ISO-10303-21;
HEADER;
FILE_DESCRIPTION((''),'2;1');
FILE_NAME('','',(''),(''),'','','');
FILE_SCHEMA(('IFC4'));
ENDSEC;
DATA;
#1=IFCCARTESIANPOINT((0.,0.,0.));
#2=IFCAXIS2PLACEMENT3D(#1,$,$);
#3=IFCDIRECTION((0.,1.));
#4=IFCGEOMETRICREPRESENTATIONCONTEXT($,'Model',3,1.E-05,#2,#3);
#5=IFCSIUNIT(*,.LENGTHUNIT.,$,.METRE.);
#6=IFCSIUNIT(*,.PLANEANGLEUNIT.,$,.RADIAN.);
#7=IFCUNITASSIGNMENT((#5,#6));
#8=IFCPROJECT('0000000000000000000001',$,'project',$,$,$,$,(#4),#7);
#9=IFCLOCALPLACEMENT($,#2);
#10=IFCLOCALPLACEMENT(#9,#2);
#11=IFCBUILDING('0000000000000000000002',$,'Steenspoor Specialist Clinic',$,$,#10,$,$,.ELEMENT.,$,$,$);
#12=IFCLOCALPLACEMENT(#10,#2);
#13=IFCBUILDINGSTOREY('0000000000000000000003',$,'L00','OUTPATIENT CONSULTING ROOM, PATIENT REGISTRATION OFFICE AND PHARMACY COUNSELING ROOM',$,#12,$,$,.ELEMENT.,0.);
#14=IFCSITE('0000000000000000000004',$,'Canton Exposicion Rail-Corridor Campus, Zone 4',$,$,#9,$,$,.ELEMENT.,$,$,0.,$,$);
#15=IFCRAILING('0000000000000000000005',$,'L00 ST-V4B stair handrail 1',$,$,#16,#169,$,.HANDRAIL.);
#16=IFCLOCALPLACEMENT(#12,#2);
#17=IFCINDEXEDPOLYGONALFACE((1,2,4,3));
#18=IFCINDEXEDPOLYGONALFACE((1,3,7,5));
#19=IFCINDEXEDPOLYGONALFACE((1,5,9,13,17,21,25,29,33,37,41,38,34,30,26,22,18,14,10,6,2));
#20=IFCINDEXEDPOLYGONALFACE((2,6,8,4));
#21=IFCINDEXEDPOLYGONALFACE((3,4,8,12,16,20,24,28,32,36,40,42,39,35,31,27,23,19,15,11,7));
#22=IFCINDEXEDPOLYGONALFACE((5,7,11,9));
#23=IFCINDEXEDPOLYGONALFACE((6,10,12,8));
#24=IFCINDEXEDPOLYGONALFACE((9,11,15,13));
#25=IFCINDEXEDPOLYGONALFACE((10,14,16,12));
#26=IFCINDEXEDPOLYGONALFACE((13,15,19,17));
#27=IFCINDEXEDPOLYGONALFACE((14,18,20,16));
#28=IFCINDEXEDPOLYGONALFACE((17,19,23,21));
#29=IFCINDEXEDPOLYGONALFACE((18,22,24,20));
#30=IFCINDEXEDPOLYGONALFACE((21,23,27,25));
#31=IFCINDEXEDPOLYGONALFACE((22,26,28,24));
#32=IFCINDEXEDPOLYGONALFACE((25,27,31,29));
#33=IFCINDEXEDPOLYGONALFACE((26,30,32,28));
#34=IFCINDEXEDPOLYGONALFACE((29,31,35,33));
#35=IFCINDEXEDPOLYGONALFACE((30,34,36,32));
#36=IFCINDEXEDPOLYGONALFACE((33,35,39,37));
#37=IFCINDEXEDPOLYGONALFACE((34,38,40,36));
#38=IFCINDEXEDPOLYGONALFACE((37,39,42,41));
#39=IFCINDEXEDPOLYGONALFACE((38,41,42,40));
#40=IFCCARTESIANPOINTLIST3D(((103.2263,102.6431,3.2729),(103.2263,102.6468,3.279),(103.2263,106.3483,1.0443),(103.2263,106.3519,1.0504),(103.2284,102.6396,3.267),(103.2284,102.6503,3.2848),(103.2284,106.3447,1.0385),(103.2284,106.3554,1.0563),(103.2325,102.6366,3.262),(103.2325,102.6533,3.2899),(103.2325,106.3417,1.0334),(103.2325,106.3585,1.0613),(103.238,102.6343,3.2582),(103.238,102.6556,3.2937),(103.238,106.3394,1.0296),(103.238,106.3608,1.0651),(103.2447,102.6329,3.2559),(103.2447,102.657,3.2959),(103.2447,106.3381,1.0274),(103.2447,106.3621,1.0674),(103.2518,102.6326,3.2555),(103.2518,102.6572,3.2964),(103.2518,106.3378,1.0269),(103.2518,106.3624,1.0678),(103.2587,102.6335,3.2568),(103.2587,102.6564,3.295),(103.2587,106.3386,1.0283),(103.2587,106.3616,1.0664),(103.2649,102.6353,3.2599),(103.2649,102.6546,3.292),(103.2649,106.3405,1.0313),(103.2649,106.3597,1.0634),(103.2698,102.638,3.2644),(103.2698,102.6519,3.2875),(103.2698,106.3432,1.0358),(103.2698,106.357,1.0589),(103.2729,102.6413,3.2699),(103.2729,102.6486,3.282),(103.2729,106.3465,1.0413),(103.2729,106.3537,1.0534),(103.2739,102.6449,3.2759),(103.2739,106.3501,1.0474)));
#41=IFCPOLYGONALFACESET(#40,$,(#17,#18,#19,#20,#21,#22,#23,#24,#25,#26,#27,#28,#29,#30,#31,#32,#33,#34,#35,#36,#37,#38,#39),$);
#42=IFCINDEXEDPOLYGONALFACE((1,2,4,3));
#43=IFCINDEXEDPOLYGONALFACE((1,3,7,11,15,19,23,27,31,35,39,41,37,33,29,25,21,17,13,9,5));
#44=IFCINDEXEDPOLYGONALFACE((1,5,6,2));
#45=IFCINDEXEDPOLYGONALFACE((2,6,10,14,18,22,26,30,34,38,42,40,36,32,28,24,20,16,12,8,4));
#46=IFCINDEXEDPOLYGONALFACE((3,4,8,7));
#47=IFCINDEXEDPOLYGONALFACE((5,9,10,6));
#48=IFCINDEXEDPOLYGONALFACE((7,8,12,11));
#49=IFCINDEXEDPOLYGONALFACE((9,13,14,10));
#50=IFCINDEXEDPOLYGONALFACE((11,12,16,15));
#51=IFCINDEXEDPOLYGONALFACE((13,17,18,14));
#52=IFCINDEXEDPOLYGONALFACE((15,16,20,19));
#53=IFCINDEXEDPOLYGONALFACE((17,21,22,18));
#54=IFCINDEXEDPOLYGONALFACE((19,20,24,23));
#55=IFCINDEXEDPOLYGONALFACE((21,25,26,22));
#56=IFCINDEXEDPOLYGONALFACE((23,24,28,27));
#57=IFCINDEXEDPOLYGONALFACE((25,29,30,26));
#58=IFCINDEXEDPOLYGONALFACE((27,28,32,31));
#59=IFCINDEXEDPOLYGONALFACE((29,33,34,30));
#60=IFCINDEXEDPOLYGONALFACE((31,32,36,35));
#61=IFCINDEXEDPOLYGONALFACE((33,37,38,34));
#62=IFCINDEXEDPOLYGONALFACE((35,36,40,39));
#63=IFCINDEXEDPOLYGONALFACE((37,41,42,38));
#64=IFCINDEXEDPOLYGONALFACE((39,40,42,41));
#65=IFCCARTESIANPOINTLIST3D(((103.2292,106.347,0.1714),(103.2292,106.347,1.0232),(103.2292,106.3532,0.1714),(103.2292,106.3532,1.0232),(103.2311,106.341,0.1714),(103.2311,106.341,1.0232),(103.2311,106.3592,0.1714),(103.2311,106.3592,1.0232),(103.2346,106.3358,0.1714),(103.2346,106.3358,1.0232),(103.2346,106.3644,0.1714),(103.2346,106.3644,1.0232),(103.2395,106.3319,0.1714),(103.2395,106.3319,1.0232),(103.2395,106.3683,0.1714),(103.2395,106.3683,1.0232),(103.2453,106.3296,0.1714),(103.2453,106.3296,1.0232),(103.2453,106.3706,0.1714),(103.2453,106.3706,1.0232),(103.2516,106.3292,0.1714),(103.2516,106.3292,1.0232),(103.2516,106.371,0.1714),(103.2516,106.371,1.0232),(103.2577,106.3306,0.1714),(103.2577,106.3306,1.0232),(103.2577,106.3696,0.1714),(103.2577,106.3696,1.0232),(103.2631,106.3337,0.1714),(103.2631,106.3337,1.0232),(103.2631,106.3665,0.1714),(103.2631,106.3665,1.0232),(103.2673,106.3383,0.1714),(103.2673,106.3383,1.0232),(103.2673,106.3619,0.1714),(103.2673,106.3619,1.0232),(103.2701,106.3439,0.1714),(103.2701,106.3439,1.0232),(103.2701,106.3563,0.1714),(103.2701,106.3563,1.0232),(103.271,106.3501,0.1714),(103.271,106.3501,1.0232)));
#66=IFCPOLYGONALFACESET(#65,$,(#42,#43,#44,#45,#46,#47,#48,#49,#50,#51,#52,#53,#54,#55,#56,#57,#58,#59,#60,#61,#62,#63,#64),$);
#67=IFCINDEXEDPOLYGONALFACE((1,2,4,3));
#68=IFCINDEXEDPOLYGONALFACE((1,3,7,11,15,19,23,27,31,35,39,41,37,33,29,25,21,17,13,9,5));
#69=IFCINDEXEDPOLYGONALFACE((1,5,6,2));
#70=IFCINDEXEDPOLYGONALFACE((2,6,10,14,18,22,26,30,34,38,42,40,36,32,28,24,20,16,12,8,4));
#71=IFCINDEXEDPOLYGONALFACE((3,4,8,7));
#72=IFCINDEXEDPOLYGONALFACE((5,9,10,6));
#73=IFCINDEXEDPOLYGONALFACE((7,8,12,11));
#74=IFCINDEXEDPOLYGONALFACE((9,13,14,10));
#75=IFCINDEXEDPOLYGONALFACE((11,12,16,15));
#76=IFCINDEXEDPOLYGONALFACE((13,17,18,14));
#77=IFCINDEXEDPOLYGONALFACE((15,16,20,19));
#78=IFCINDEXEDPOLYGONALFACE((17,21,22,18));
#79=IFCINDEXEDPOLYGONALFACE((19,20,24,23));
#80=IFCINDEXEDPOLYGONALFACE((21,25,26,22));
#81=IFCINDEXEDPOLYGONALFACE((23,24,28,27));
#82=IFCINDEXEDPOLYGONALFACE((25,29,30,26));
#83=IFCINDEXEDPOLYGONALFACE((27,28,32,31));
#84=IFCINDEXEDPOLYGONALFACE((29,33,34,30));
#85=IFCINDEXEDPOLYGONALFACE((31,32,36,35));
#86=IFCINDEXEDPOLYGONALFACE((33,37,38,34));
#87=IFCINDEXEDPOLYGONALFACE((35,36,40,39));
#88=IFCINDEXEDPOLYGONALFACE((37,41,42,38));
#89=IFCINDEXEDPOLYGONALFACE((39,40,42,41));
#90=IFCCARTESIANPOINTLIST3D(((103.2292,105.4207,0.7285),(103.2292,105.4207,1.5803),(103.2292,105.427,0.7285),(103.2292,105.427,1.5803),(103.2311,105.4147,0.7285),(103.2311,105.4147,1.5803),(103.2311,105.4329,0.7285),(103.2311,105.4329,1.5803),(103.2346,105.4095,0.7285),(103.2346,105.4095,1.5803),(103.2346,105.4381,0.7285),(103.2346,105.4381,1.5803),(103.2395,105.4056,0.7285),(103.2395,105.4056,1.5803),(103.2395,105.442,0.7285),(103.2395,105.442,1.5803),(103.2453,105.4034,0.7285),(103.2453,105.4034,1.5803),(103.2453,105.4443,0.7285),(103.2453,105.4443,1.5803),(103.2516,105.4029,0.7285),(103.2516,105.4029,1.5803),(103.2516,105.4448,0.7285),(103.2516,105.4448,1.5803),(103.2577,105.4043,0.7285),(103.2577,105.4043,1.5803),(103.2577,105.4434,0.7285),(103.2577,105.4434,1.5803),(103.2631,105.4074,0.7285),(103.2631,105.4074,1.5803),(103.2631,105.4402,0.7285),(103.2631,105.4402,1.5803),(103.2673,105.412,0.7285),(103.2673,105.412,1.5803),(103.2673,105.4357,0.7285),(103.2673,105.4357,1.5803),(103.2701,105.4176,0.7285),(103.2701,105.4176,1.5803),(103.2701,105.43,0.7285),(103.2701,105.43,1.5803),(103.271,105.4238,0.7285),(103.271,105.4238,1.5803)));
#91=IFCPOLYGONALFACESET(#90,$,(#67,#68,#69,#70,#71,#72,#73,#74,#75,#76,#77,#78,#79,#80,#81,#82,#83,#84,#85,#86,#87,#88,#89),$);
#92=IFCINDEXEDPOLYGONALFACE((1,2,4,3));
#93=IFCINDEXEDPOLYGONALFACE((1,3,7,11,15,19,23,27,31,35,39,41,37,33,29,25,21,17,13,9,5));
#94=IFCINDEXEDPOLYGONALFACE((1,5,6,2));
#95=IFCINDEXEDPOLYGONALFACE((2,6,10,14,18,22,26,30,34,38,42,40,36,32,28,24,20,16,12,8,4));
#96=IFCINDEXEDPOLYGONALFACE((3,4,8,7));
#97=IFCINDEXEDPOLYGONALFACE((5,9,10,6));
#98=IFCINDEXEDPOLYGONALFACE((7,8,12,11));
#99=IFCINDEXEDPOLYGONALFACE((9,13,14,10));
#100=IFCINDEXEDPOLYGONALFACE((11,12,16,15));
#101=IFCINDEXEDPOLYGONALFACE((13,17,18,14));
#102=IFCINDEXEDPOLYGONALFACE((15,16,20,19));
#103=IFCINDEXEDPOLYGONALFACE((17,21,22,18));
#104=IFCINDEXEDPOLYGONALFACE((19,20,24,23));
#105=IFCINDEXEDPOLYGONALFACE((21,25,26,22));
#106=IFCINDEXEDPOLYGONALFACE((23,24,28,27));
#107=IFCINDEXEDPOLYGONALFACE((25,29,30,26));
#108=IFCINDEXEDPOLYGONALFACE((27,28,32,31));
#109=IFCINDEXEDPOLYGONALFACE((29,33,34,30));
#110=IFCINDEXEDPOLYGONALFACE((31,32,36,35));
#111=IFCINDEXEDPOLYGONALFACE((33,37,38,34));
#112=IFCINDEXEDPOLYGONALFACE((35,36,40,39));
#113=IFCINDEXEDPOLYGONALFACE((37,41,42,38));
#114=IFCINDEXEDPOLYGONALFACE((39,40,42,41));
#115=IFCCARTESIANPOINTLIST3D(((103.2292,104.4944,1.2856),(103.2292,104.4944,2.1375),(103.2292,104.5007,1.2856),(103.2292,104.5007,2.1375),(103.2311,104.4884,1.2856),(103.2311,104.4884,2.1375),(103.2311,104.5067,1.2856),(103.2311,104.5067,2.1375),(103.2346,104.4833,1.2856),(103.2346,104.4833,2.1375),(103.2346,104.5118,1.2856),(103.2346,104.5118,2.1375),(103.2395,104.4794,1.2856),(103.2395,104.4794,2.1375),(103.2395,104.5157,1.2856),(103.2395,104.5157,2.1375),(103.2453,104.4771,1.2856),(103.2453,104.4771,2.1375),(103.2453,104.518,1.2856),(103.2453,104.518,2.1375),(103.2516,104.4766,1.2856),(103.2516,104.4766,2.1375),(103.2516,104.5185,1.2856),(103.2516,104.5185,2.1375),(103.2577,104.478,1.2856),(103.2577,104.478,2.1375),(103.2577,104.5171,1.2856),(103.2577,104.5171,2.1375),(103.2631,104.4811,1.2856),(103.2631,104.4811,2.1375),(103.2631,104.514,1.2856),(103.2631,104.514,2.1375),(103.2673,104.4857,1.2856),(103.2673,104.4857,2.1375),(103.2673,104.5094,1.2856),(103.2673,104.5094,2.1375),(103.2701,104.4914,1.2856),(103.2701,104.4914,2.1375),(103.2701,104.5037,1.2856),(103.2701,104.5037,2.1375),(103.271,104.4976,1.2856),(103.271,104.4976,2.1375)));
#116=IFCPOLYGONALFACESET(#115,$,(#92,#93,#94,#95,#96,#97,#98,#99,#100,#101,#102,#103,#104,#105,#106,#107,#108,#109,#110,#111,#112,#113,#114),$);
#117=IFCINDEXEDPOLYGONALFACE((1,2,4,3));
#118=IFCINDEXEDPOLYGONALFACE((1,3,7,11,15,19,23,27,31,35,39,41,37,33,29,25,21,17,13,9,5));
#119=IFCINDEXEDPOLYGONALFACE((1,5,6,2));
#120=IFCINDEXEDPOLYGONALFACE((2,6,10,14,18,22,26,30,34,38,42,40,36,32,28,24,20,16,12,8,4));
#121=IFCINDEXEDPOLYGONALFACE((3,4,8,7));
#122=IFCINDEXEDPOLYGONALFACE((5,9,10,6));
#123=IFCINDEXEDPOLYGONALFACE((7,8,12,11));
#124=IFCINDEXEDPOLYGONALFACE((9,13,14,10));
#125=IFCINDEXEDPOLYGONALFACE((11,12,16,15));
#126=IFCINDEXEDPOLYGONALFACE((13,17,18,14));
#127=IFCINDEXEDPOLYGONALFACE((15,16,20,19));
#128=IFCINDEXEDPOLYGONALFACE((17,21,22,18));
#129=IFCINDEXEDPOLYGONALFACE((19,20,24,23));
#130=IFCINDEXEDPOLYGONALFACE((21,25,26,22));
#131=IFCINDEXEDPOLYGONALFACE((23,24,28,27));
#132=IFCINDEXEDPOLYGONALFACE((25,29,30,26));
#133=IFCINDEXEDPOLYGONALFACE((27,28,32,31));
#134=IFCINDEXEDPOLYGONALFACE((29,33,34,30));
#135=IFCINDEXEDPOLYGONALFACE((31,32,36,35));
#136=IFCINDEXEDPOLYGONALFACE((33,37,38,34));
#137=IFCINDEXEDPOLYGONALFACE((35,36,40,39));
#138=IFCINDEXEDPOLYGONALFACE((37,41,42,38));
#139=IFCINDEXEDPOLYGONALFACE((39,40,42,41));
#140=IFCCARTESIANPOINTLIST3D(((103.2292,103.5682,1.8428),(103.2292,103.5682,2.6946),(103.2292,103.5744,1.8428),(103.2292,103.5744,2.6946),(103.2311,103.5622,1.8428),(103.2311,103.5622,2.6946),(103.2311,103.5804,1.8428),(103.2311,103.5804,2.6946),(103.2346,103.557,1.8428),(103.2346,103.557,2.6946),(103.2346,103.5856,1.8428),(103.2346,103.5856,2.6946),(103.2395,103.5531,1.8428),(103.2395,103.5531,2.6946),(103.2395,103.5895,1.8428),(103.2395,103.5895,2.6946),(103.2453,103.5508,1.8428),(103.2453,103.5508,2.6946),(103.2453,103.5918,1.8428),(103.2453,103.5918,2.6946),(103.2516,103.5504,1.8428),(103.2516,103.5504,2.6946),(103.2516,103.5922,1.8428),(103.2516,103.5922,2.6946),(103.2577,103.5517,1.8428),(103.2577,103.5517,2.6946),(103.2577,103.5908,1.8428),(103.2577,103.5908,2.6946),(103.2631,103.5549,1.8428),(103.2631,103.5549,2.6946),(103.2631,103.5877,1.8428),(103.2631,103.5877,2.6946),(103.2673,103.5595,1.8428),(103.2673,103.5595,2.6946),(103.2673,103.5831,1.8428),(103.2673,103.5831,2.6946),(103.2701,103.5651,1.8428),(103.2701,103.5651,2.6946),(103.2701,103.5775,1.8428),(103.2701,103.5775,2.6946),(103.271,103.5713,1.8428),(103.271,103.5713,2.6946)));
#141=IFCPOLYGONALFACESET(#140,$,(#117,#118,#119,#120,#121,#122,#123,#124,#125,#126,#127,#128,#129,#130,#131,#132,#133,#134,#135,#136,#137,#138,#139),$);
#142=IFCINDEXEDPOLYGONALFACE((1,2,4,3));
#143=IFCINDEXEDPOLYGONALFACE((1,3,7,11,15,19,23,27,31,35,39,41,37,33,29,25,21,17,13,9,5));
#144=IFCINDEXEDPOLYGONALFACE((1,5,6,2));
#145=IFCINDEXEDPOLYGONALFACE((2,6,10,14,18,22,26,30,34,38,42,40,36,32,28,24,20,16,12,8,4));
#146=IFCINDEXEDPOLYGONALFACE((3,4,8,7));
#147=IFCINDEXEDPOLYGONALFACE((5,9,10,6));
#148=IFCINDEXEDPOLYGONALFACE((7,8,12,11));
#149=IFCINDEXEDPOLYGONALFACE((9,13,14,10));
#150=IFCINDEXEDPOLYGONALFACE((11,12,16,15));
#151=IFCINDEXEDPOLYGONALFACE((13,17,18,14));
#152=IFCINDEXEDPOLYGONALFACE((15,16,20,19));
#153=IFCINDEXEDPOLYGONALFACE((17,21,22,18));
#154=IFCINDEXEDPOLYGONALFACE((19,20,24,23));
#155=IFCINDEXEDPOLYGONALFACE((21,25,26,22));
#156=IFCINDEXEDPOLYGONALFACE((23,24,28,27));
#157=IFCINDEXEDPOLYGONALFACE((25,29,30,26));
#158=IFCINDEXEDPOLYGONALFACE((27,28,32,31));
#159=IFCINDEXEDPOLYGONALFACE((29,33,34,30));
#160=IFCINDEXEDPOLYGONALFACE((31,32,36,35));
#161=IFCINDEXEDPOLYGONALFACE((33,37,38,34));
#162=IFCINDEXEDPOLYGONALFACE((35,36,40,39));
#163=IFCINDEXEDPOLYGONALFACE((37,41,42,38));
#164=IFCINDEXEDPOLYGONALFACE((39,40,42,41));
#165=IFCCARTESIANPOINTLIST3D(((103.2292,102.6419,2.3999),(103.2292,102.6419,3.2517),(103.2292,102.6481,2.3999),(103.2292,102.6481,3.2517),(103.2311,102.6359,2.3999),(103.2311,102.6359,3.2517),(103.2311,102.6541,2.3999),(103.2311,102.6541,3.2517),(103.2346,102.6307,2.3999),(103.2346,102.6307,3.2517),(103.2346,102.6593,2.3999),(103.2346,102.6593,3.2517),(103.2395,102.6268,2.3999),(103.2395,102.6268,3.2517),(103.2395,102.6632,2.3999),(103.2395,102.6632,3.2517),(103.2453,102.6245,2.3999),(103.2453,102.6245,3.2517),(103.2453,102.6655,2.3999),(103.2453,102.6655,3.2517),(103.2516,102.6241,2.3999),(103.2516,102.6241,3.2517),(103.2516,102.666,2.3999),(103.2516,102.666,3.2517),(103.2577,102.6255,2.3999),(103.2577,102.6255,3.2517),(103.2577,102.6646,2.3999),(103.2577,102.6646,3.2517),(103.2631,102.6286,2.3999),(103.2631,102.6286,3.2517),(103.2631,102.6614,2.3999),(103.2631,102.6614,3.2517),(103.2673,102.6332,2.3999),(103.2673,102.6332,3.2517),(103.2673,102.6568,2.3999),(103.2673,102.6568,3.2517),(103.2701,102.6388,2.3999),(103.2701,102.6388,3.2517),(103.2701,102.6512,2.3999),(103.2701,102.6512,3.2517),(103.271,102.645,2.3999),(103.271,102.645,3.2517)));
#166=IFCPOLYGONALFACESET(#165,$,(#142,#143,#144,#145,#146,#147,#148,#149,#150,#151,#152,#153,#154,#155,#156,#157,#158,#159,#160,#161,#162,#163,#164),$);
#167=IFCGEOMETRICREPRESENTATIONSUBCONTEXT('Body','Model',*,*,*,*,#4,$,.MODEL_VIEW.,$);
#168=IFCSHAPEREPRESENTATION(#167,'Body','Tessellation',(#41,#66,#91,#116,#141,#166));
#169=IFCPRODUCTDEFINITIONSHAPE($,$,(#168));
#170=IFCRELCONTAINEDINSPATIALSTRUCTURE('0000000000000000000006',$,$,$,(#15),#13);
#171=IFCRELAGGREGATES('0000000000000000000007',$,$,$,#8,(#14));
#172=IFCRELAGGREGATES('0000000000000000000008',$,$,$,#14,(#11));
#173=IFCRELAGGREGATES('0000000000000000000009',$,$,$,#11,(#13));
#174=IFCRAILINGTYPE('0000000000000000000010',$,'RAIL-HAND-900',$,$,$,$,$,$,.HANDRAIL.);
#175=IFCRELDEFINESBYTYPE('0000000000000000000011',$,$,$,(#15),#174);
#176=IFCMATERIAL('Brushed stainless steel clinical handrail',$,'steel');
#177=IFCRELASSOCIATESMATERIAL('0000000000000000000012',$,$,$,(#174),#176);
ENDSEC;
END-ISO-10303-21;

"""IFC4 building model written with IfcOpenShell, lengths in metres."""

from ifc_helpers import new_model, si_unit, direction, frame, origin, origin_2d, place, context, subcontext, project, spatial, circle, extrude, material, type_object, element, save


model = new_model("IFC4")

# Units and contexts
model_context = context("Model", 3, precision=1e-05, world=origin(), true_north=direction((0.0, 1.0)))
body_context = subcontext(model_context, "Body", "Model", "MODEL_VIEW")
ifc_project = project(units=[si_unit("LENGTHUNIT", "METRE"), si_unit("PLANEANGLEUNIT", "RADIAN")], contexts=[model_context])

# Site, building, storey
site_placement = place(None, origin())
site = spatial("IfcSite", under=ifc_project, at=site_placement, Name="Canton Exposicion Rail-Corridor Campus, Zone 4", CompositionType="ELEMENT", RefElevation=0.0)
building_placement = place(site_placement, origin())
building = spatial("IfcBuilding", under=site, at=building_placement, Name="Steenspoor Specialist Clinic", CompositionType="ELEMENT")
storey_placement = place(building_placement, origin())
storey = spatial("IfcBuildingStorey", under=building, at=storey_placement, Name="L00", Description="OUTPATIENT CONSULTING ROOM, PATIENT REGISTRATION OFFICE AND PHARMACY COUNSELING ROOM", CompositionType="ELEMENT", Elevation=0.0)

# Railing
ifc_material_1 = material(Name="Brushed stainless steel clinical handrail", Category="steel")
railing_type_1 = type_object("IfcRailingType", Name="RAIL-HAND-900", PredefinedType="HANDRAIL", material=ifc_material_1)
railing_1_placement = place(storey_placement, frame((103.25, 106.3501, 0.1714)))
element("IfcRailing", 1, at=railing_1_placement, inside=storey, type_object=railing_type_1, Name="L00 ST-V4B stair handrail 1", PredefinedType="HANDRAIL", context=body_context, shape_type="SweptSolid", body=[
    extrude(circle(Radius=0.0239, at=origin_2d()), frame((0.0, 0.0, 0.876), z_axis=(0.0, -0.856934, 0.515425), x_axis=(1.0, 0.0, 0.0)), (0.0, 0.0, 1.0), 4.3237),
    extrude(circle(Radius=0.021, at=origin_2d()), origin(), (0.0, 0.0, 1.0), 0.8518),
    extrude(circle(Radius=0.021, at=origin_2d()), frame((0.0, -0.9263, 0.5571)), (0.0, 0.0, 1.0), 0.8518),
    extrude(circle(Radius=0.021, at=origin_2d()), frame((0.0, -1.8525, 1.1143)), (0.0, 0.0, 1.0), 0.8518),
    extrude(circle(Radius=0.021, at=origin_2d()), frame((0.0, -2.7788, 1.6714)), (0.0, 0.0, 1.0), 0.8518),
    extrude(circle(Radius=0.021, at=origin_2d()), frame((0.0, -3.7051, 2.2285)), (0.0, 0.0, 1.0), 0.8518),
])

save(model, "model.ifc")
